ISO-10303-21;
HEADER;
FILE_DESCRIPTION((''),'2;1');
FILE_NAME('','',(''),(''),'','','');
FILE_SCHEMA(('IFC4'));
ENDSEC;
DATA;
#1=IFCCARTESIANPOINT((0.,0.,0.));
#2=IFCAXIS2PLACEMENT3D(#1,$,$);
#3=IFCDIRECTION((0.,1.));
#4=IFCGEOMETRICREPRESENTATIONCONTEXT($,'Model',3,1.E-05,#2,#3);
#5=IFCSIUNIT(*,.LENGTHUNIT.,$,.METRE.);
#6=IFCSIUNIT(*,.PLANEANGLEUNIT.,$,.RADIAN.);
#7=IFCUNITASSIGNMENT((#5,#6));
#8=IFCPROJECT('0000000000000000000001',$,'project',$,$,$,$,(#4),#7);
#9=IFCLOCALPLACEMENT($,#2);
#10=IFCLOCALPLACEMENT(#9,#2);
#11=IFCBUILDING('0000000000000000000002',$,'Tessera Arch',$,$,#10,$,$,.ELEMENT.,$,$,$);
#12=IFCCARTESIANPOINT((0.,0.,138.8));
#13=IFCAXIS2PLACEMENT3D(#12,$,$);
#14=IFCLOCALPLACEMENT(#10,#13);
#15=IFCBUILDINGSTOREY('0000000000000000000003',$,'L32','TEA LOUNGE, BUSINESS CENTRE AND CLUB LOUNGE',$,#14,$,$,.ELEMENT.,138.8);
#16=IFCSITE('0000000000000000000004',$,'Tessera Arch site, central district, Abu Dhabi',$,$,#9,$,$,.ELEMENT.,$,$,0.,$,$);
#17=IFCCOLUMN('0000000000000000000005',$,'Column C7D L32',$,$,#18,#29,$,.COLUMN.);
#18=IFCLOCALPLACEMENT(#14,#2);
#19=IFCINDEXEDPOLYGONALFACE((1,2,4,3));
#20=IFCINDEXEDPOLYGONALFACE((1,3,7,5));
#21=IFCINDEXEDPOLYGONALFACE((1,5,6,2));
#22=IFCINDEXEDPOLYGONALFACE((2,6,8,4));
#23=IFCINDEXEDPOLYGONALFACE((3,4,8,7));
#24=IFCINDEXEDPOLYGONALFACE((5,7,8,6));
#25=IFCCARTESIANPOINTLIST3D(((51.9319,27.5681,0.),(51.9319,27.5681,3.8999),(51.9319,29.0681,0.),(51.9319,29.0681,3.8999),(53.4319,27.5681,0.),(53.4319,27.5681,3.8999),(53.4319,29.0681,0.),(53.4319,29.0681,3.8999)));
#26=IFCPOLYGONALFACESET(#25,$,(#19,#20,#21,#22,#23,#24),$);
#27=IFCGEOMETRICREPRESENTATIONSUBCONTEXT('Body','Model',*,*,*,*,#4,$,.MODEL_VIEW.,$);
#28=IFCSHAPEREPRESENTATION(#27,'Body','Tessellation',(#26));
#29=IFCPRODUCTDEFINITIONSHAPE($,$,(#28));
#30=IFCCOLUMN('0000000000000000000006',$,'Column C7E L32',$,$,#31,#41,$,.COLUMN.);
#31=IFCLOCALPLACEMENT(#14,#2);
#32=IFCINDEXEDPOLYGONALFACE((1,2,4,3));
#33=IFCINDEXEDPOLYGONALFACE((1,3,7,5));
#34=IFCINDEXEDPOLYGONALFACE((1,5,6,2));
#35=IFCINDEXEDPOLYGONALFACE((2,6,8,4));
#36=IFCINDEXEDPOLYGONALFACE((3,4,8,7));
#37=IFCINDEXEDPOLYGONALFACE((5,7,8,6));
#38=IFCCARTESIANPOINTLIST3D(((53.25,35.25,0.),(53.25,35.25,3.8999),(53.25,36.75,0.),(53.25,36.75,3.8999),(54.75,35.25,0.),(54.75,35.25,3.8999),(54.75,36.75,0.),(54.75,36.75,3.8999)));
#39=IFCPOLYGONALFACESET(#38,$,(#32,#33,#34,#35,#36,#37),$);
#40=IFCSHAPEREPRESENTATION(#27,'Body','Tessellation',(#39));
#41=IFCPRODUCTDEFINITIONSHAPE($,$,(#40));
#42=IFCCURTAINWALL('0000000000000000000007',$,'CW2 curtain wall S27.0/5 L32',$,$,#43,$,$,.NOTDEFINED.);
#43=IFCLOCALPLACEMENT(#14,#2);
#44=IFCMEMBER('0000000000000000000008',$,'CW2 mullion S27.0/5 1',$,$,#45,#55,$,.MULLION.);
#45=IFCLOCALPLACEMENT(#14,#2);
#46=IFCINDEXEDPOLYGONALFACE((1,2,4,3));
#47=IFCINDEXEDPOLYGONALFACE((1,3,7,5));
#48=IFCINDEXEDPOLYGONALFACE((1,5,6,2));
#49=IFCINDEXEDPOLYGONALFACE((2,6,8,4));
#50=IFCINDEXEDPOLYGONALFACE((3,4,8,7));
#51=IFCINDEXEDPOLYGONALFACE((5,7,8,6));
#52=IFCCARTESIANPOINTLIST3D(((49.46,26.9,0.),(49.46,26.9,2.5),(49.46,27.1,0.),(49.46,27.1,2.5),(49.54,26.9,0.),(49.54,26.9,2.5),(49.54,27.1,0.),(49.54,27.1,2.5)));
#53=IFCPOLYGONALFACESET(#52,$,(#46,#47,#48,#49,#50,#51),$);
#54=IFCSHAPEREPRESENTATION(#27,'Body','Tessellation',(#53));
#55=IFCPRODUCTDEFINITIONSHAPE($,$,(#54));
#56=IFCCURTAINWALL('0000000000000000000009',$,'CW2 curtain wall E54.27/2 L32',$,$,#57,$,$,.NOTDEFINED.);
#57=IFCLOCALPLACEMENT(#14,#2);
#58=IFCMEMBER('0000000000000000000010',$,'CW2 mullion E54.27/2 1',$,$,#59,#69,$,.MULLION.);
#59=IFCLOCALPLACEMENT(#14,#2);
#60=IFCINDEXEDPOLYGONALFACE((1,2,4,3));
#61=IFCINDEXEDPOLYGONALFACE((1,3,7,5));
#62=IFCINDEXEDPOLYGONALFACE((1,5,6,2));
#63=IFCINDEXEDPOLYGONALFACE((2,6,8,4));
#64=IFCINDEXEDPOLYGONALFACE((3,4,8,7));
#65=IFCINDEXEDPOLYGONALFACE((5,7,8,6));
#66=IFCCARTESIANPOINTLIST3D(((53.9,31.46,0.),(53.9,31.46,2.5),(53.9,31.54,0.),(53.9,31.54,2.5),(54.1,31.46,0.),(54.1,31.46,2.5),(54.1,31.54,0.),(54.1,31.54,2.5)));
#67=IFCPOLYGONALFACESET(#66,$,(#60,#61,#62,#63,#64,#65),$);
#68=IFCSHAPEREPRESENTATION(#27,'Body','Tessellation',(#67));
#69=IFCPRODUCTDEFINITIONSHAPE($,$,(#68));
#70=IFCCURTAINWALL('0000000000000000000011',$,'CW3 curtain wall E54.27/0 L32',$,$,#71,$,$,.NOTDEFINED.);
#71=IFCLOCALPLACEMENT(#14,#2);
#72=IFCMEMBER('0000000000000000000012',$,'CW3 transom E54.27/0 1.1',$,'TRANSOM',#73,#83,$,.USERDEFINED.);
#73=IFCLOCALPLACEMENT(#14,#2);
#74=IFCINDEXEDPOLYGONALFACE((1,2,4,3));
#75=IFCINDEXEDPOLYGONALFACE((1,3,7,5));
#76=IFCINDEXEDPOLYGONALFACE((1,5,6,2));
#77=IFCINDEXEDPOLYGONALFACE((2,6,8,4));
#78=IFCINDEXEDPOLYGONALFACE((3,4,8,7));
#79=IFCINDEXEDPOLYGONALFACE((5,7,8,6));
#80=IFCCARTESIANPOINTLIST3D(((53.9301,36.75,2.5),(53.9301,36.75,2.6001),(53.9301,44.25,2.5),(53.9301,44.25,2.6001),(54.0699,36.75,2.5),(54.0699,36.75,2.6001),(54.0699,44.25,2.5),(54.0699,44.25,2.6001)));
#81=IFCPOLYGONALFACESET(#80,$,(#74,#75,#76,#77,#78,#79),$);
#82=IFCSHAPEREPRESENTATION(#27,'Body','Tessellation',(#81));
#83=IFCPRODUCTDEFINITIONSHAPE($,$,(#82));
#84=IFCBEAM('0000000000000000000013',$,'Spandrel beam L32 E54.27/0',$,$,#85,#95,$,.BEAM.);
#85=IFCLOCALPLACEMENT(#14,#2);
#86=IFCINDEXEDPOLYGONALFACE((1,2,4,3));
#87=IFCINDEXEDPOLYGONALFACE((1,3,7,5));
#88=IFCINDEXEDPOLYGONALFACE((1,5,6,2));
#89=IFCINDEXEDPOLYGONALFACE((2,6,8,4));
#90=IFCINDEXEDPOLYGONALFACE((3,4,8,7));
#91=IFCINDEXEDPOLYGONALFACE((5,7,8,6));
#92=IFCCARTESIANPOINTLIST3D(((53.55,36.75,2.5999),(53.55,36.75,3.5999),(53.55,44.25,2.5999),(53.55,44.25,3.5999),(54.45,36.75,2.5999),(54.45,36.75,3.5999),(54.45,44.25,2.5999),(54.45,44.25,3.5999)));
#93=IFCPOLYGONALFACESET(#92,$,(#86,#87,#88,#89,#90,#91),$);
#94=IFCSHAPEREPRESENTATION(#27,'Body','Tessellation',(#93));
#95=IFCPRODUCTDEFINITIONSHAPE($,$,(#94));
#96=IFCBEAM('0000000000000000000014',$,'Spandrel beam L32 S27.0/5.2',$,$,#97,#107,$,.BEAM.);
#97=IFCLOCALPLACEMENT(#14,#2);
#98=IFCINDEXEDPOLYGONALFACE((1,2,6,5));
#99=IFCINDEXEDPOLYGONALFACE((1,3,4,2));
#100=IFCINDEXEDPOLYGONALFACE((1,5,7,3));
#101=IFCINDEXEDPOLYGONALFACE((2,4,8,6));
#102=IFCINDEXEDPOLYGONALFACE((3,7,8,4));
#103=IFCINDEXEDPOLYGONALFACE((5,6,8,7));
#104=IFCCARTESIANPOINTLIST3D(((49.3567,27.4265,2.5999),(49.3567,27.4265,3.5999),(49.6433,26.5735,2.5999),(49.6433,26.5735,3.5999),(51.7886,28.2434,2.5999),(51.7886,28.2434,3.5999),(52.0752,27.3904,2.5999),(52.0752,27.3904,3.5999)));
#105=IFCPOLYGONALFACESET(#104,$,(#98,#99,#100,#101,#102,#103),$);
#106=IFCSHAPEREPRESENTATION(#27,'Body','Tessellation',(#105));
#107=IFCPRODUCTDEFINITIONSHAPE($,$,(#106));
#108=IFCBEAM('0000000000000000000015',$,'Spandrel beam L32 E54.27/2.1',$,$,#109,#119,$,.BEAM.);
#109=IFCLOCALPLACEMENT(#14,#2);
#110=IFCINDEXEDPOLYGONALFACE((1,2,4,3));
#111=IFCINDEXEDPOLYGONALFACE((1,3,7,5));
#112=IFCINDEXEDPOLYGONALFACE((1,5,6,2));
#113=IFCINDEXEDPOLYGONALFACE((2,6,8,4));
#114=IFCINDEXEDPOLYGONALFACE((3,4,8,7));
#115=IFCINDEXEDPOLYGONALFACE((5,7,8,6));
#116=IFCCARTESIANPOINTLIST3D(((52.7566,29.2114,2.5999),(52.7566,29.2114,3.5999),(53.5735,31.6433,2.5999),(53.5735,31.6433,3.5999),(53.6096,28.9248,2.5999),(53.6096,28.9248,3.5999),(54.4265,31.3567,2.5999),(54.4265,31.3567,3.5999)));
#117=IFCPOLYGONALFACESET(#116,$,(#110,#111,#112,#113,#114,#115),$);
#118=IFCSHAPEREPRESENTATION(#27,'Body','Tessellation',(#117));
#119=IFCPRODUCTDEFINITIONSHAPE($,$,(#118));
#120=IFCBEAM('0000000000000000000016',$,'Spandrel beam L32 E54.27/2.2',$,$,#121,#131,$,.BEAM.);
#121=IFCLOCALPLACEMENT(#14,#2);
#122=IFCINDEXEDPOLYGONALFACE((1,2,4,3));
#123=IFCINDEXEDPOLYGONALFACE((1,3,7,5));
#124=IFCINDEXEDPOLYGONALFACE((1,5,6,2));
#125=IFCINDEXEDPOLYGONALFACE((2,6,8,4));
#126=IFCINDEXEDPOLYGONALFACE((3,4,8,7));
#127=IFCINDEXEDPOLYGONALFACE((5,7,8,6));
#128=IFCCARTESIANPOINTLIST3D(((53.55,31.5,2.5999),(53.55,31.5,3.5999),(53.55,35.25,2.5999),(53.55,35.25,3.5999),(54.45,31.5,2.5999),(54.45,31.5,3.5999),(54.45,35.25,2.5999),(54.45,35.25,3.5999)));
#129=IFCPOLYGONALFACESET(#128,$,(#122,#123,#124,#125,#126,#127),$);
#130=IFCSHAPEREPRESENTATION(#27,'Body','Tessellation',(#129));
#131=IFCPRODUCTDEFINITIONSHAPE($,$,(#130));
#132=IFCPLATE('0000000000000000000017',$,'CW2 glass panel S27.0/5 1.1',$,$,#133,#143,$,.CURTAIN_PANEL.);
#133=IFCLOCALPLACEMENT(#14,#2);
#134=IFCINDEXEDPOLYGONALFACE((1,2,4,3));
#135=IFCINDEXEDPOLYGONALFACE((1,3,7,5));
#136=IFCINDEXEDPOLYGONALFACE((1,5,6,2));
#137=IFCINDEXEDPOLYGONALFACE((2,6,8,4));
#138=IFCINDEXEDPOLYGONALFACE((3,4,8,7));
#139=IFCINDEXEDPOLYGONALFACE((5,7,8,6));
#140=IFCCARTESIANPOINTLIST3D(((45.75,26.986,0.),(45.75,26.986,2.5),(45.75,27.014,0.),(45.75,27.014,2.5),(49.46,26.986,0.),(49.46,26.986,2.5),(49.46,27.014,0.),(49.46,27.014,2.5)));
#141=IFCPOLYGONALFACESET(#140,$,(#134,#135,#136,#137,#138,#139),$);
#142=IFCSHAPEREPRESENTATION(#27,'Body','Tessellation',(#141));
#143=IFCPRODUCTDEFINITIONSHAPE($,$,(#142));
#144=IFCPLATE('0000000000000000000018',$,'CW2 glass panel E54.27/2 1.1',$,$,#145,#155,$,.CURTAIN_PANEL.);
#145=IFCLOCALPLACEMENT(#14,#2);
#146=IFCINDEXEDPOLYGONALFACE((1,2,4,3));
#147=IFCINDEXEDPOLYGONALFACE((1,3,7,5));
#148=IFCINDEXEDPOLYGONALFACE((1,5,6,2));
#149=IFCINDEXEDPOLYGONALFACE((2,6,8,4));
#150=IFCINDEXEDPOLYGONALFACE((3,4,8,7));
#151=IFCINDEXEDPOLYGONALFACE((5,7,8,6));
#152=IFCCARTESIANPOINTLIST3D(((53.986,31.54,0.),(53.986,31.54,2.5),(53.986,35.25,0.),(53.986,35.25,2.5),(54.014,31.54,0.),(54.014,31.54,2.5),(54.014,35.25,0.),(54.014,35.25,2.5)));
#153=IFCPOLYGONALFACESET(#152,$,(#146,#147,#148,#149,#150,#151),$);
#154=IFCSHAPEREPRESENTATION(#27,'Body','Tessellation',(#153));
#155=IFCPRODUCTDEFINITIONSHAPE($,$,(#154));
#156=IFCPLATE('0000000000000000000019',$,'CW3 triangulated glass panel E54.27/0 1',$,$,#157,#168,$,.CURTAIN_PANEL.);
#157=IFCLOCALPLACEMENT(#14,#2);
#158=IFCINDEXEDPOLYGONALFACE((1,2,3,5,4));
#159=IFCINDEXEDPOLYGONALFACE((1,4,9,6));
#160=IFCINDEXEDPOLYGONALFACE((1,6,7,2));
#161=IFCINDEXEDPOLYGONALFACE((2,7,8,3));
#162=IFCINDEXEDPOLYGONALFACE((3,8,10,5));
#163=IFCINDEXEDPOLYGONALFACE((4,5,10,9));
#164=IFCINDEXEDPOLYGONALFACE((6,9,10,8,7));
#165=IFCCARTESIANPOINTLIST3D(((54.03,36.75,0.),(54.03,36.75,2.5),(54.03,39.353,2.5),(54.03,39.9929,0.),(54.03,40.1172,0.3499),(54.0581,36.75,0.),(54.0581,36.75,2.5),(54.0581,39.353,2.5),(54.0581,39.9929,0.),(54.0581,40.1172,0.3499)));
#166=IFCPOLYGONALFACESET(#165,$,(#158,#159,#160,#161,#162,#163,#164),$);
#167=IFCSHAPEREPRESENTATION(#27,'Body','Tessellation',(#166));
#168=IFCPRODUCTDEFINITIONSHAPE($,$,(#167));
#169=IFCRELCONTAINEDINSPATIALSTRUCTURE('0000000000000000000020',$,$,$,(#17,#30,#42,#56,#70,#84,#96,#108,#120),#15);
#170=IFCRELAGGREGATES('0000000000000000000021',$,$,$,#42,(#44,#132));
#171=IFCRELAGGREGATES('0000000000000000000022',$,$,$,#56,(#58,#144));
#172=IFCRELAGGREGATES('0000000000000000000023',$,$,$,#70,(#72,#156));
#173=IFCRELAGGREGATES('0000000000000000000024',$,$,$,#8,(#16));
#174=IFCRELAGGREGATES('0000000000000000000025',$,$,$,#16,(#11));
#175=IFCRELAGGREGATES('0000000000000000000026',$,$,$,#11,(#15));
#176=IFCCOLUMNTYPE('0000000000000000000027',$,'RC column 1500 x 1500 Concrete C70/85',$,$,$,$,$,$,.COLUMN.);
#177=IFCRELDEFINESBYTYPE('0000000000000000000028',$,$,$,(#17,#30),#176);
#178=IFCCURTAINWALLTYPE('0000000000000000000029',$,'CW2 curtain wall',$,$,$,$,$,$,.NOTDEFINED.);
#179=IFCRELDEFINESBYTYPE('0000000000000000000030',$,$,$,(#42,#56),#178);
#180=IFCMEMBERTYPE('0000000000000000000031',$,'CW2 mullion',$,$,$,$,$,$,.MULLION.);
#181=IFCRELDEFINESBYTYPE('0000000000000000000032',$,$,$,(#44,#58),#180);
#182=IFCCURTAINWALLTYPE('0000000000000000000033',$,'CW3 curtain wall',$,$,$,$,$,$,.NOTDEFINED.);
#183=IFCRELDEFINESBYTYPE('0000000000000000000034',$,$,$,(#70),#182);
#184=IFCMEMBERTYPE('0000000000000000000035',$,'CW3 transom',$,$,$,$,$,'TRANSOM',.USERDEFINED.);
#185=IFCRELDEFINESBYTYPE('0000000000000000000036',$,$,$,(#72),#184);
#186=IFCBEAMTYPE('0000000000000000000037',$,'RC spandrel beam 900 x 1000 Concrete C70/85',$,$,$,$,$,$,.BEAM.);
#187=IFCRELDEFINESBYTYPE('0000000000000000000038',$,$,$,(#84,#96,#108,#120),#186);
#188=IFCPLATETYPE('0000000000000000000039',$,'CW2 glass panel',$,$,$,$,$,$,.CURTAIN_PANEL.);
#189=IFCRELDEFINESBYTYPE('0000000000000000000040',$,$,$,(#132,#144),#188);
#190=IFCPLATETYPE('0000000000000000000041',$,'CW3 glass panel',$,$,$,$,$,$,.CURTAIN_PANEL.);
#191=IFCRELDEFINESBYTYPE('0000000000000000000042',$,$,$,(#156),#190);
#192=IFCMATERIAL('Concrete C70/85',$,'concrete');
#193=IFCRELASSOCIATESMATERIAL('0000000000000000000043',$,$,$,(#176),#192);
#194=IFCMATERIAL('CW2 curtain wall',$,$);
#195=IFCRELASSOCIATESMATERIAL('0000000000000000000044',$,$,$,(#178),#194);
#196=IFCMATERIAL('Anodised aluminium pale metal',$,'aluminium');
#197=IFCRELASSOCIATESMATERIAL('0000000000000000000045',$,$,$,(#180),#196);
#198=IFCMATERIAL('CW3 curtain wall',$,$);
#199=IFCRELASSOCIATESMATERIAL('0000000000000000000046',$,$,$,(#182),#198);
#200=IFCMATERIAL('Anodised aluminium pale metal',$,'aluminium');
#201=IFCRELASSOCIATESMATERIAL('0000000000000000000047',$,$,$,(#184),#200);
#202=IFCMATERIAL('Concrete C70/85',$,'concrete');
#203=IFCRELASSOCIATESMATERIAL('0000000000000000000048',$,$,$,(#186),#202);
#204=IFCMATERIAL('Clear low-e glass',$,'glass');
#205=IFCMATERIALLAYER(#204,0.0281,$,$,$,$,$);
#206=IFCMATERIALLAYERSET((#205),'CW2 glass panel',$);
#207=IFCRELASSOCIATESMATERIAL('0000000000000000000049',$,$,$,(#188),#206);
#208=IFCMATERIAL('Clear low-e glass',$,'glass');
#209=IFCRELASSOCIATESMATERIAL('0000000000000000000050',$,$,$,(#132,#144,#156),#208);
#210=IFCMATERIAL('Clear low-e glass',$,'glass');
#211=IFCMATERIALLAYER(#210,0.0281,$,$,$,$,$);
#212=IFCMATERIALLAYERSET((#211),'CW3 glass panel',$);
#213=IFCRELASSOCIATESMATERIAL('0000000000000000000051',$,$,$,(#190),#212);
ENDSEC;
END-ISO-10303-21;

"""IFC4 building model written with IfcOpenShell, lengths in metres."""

from ifc_helpers import new_model, si_unit, direction, frame, origin, origin_2d, place, context, subcontext, project, spatial, polyline, rectangle, outline, extrude, material, layer, layer_set, material_profile, profile_set, type_object, element, aggregate, save


model = new_model("IFC4")

# Units and contexts
model_context = context("Model", 3, precision=1e-05, world=origin(), true_north=direction((0.0, 1.0)))
body_context = subcontext(model_context, "Body", "Model", "MODEL_VIEW")
ifc_project = project(units=[si_unit("LENGTHUNIT", "METRE"), si_unit("PLANEANGLEUNIT", "RADIAN")], contexts=[model_context])

# Site, building, storey
site_placement = place(None, origin())
site = spatial("IfcSite", under=ifc_project, at=site_placement, Name="Tessera Arch site, central district, Abu Dhabi", CompositionType="ELEMENT", RefElevation=0.0)
building_placement = place(site_placement, origin())
building = spatial("IfcBuilding", under=site, at=building_placement, Name="Tessera Arch", CompositionType="ELEMENT")
storey_placement = place(building_placement, frame((0.0, 0.0, 138.8)))
storey = spatial("IfcBuildingStorey", under=building, at=storey_placement, Name="L32", Description="TEA LOUNGE, BUSINESS CENTRE AND CLUB LOUNGE", CompositionType="ELEMENT", Elevation=138.8)

# Columns
ifc_material_1 = material(Name="Concrete C70/85", Category="concrete")
ifc_material_profile_1 = material_profile(ifc_material_1, rectangle(XDim=1.5, YDim=1.5, at=origin_2d()), Name="RC column 1500 x 1500 Concrete C70/85")
ifc_profile_set_1 = profile_set([ifc_material_profile_1], Name="Concrete C70/85")
column_type = type_object("IfcColumnType", Name="RC column 1500 x 1500 Concrete C70/85", PredefinedType="COLUMN", material=ifc_profile_set_1)
for number, where, z_axis, x_axis, name in (
    (1, (52.6819, 28.3181, 0.0), (0.0, 0.0, 1.0), (1.0, 0.0, 0.0), "Column C7D L32"),
    (2, (54.0, 36.0, 0.0), (0.0, 0.0, 1.0), (1.0, 0.0, 0.0), "Column C7E L32"),
):
    element("IfcColumn", number, at=place(storey_placement, frame(where, z_axis=z_axis, x_axis=x_axis)), inside=storey, type_object=column_type, Name=name, PredefinedType="COLUMN", context=body_context, shape_type="SweptSolid", body=[
        extrude(rectangle(XDim=1.5, YDim=1.5, at=origin_2d()), origin(), (0.0, 0.0, 1.0), 3.8999),
    ])

# Curtain walls, members
ifc_material_2 = material(Name="CW2 curtain wall")
curtain_wall_type_1 = type_object("IfcCurtainWallType", Name="CW2 curtain wall", PredefinedType="NOTDEFINED", material=ifc_material_2)
curtain_wall_1_placement = place(storey_placement, origin())
curtain_wall_1 = element("IfcCurtainWall", 3, at=curtain_wall_1_placement, inside=storey, type_object=curtain_wall_type_1, Name="CW2 curtain wall S27.0/5 L32", PredefinedType="NOTDEFINED")
ifc_material_3 = material(Name="Anodised aluminium pale metal", Category="aluminium")
ifc_material_profile_2 = material_profile(ifc_material_3, rectangle(XDim=0.2, YDim=0.0801, at=origin_2d()), Name="AL 80x200")
ifc_profile_set_2 = profile_set([ifc_material_profile_2], Name="Anodised aluminium pale metal")
member_type_1 = type_object("IfcMemberType", Name="CW2 mullion", PredefinedType="MULLION", material=ifc_profile_set_2)
member_1_placement = place(storey_placement, frame((49.5, 27.0, 0.0), z_axis=(0.0, 0.0, 1.0), x_axis=(0.0, 1.0, 0.0)))
member_1 = element("IfcMember", 4, at=member_1_placement, type_object=member_type_1, Name="CW2 mullion S27.0/5 1", PredefinedType="MULLION", context=body_context, shape_type="SweptSolid", body=[
    extrude(rectangle(XDim=0.2, YDim=0.0801, at=origin_2d()), origin(), (0.0, 0.0, 1.0), 2.5),
])
curtain_wall_2_placement = place(storey_placement, origin())
curtain_wall_2 = element("IfcCurtainWall", 5, at=curtain_wall_2_placement, inside=storey, type_object=curtain_wall_type_1, Name="CW2 curtain wall E54.27/2 L32", PredefinedType="NOTDEFINED")
member_2_placement = place(storey_placement, frame((54.0, 31.5, 0.0), z_axis=(0.0, 0.0, 1.0), x_axis=(-1.0, 0.0, 0.0)))
member_2 = element("IfcMember", 6, at=member_2_placement, type_object=member_type_1, Name="CW2 mullion E54.27/2 1", PredefinedType="MULLION", context=body_context, shape_type="SweptSolid", body=[
    extrude(rectangle(XDim=0.2, YDim=0.0801, at=origin_2d()), origin(), (0.0, 0.0, 1.0), 2.5),
])
ifc_material_4 = material(Name="CW3 curtain wall")
curtain_wall_type_2 = type_object("IfcCurtainWallType", Name="CW3 curtain wall", PredefinedType="NOTDEFINED", material=ifc_material_4)
curtain_wall_3_placement = place(storey_placement, origin())
curtain_wall_3 = element("IfcCurtainWall", 7, at=curtain_wall_3_placement, inside=storey, type_object=curtain_wall_type_2, Name="CW3 curtain wall E54.27/0 L32", PredefinedType="NOTDEFINED")
ifc_material_5 = material(Name="Anodised aluminium pale metal", Category="aluminium")
ifc_material_profile_3 = material_profile(ifc_material_5, rectangle(XDim=0.1399, YDim=0.1001, at=origin_2d()), Name="AL 140x100")
ifc_profile_set_3 = profile_set([ifc_material_profile_3], Name="Anodised aluminium pale metal")
member_type_2 = type_object("IfcMemberType", Name="CW3 transom", ElementType="TRANSOM", PredefinedType="USERDEFINED", material=ifc_profile_set_3)
member_3_placement = place(storey_placement, frame((54.0, 36.75, 2.55), z_axis=(0.0, 1.0, 0.0), x_axis=(-1.0, 0.0, 0.0)))
member_3 = element("IfcMember", 8, at=member_3_placement, type_object=member_type_2, Name="CW3 transom E54.27/0 1.1", ObjectType="TRANSOM", PredefinedType="USERDEFINED", context=body_context, shape_type="SweptSolid", body=[
    extrude(rectangle(XDim=0.1399, YDim=0.1001, at=origin_2d()), origin(), (0.0, 0.0, 1.0), 7.5),
])

# Beams
ifc_material_6 = material(Name="Concrete C70/85", Category="concrete")
ifc_material_profile_4 = material_profile(ifc_material_6, rectangle(XDim=0.8999, YDim=1.0, at=origin_2d()), Name="RC spandrel beam 900 x 1000 Concrete C70/85")
ifc_profile_set_4 = profile_set([ifc_material_profile_4], Name="Concrete C70/85")
beam_type = type_object("IfcBeamType", Name="RC spandrel beam 900 x 1000 Concrete C70/85", PredefinedType="BEAM", material=ifc_profile_set_4)
beam_1_placement = place(storey_placement, frame((54.0, 36.75, 3.0999), z_axis=(0.0, 1.0, 0.0), x_axis=(-1.0, 0.0, 0.0)))
element("IfcBeam", 9, at=beam_1_placement, inside=storey, type_object=beam_type, Name="Spandrel beam L32 E54.27/0", PredefinedType="BEAM", context=body_context, shape_type="SweptSolid", body=[
    extrude(rectangle(XDim=0.8999, YDim=1.0, at=origin_2d()), origin(), (0.0, 0.0, 1.0), 7.5),
])
for number, where, z_axis, x_axis, name in (
    (10, (49.5, 27.0, 3.0999), (0.947948, 0.318425, 0.0), (-0.318425, 0.947948, 0.0), "Spandrel beam L32 S27.0/5.2"),
    (11, (53.1831, 29.0681, 3.0999), (0.318425, 0.947948, 0.0), (-0.947948, 0.318425, 0.0), "Spandrel beam L32 E54.27/2.1"),
):
    element("IfcBeam", number, at=place(storey_placement, frame(where, z_axis=z_axis, x_axis=x_axis)), inside=storey, type_object=beam_type, Name=name, PredefinedType="BEAM", context=body_context, shape_type="SweptSolid", body=[
        extrude(rectangle(XDim=0.8999, YDim=1.0, at=origin_2d()), origin(), (0.0, 0.0, 1.0), 2.5654),
    ])
beam_2_placement = place(storey_placement, frame((54.0, 31.5, 3.0999), z_axis=(0.0, 1.0, 0.0), x_axis=(-1.0, 0.0, 0.0)))
element("IfcBeam", 12, at=beam_2_placement, inside=storey, type_object=beam_type, Name="Spandrel beam L32 E54.27/2.2", PredefinedType="BEAM", context=body_context, shape_type="SweptSolid", body=[
    extrude(rectangle(XDim=0.8999, YDim=1.0, at=origin_2d()), origin(), (0.0, 0.0, 1.0), 3.75),
])

# Plates
ifc_material_7 = material(Name="Clear low-e glass", Category="glass")
ifc_material_8 = material(Name="Clear low-e glass", Category="glass")
ifc_layer_1 = layer(ifc_material_8, 0.0281)
ifc_layer_set_1 = layer_set([ifc_layer_1], Name="CW2 glass panel")
plate_type_1 = type_object("IfcPlateType", Name="CW2 glass panel", PredefinedType="CURTAIN_PANEL", material=ifc_layer_set_1)
plate_1_placement = place(storey_placement, frame((47.605, 27.0, 0.0), z_axis=(0.0, 0.0, 1.0), x_axis=(1.0, 0.0, 0.0)))
plate_1 = element("IfcPlate", 13, at=plate_1_placement, type_object=plate_type_1, material=ifc_material_7, Name="CW2 glass panel S27.0/5 1.1", PredefinedType="CURTAIN_PANEL", context=body_context, shape_type="SweptSolid", body=[
    extrude(rectangle(XDim=3.71, YDim=0.0281, at=origin_2d()), origin(), (0.0, 0.0, 1.0), 2.5),
])
aggregate(curtain_wall_1, [member_1, plate_1])
plate_2_placement = place(storey_placement, frame((54.0, 33.395, 0.0), z_axis=(0.0, 0.0, 1.0), x_axis=(0.0, 1.0, 0.0)))
plate_2 = element("IfcPlate", 14, at=plate_2_placement, type_object=plate_type_1, material=ifc_material_7, Name="CW2 glass panel E54.27/2 1.1", PredefinedType="CURTAIN_PANEL", context=body_context, shape_type="SweptSolid", body=[
    extrude(rectangle(XDim=3.71, YDim=0.0281, at=origin_2d()), origin(), (0.0, 0.0, 1.0), 2.5),
])
aggregate(curtain_wall_2, [member_2, plate_2])
ifc_material_9 = material(Name="Clear low-e glass", Category="glass")
ifc_layer_2 = layer(ifc_material_9, 0.0281)
ifc_layer_set_2 = layer_set([ifc_layer_2], Name="CW3 glass panel")
plate_type_2 = type_object("IfcPlateType", Name="CW3 glass panel", PredefinedType="CURTAIN_PANEL", material=ifc_layer_set_2)
plate_3_placement = place(storey_placement, frame((54.0581, 36.75, 0.0), z_axis=(1.0, 0.0, 0.0), x_axis=(0.0, 1.0, 0.0)))
plate_3 = element("IfcPlate", 15, at=plate_3_placement, type_object=plate_type_2, material=ifc_material_7, Name="CW3 triangulated glass panel E54.27/0 1", PredefinedType="CURTAIN_PANEL", context=body_context, shape_type="SweptSolid", body=[
    extrude(outline(polyline([(0.0, 0.0), (3.2429, 0.0), (3.3672, 0.3499), (2.603, 2.5), (0.0, 2.5), (0.0, 0.0)])), origin(), (0.0, 0.0, -1.0), 0.0281),
])
aggregate(curtain_wall_3, [member_3, plate_3])

save(model, "model.ifc")
